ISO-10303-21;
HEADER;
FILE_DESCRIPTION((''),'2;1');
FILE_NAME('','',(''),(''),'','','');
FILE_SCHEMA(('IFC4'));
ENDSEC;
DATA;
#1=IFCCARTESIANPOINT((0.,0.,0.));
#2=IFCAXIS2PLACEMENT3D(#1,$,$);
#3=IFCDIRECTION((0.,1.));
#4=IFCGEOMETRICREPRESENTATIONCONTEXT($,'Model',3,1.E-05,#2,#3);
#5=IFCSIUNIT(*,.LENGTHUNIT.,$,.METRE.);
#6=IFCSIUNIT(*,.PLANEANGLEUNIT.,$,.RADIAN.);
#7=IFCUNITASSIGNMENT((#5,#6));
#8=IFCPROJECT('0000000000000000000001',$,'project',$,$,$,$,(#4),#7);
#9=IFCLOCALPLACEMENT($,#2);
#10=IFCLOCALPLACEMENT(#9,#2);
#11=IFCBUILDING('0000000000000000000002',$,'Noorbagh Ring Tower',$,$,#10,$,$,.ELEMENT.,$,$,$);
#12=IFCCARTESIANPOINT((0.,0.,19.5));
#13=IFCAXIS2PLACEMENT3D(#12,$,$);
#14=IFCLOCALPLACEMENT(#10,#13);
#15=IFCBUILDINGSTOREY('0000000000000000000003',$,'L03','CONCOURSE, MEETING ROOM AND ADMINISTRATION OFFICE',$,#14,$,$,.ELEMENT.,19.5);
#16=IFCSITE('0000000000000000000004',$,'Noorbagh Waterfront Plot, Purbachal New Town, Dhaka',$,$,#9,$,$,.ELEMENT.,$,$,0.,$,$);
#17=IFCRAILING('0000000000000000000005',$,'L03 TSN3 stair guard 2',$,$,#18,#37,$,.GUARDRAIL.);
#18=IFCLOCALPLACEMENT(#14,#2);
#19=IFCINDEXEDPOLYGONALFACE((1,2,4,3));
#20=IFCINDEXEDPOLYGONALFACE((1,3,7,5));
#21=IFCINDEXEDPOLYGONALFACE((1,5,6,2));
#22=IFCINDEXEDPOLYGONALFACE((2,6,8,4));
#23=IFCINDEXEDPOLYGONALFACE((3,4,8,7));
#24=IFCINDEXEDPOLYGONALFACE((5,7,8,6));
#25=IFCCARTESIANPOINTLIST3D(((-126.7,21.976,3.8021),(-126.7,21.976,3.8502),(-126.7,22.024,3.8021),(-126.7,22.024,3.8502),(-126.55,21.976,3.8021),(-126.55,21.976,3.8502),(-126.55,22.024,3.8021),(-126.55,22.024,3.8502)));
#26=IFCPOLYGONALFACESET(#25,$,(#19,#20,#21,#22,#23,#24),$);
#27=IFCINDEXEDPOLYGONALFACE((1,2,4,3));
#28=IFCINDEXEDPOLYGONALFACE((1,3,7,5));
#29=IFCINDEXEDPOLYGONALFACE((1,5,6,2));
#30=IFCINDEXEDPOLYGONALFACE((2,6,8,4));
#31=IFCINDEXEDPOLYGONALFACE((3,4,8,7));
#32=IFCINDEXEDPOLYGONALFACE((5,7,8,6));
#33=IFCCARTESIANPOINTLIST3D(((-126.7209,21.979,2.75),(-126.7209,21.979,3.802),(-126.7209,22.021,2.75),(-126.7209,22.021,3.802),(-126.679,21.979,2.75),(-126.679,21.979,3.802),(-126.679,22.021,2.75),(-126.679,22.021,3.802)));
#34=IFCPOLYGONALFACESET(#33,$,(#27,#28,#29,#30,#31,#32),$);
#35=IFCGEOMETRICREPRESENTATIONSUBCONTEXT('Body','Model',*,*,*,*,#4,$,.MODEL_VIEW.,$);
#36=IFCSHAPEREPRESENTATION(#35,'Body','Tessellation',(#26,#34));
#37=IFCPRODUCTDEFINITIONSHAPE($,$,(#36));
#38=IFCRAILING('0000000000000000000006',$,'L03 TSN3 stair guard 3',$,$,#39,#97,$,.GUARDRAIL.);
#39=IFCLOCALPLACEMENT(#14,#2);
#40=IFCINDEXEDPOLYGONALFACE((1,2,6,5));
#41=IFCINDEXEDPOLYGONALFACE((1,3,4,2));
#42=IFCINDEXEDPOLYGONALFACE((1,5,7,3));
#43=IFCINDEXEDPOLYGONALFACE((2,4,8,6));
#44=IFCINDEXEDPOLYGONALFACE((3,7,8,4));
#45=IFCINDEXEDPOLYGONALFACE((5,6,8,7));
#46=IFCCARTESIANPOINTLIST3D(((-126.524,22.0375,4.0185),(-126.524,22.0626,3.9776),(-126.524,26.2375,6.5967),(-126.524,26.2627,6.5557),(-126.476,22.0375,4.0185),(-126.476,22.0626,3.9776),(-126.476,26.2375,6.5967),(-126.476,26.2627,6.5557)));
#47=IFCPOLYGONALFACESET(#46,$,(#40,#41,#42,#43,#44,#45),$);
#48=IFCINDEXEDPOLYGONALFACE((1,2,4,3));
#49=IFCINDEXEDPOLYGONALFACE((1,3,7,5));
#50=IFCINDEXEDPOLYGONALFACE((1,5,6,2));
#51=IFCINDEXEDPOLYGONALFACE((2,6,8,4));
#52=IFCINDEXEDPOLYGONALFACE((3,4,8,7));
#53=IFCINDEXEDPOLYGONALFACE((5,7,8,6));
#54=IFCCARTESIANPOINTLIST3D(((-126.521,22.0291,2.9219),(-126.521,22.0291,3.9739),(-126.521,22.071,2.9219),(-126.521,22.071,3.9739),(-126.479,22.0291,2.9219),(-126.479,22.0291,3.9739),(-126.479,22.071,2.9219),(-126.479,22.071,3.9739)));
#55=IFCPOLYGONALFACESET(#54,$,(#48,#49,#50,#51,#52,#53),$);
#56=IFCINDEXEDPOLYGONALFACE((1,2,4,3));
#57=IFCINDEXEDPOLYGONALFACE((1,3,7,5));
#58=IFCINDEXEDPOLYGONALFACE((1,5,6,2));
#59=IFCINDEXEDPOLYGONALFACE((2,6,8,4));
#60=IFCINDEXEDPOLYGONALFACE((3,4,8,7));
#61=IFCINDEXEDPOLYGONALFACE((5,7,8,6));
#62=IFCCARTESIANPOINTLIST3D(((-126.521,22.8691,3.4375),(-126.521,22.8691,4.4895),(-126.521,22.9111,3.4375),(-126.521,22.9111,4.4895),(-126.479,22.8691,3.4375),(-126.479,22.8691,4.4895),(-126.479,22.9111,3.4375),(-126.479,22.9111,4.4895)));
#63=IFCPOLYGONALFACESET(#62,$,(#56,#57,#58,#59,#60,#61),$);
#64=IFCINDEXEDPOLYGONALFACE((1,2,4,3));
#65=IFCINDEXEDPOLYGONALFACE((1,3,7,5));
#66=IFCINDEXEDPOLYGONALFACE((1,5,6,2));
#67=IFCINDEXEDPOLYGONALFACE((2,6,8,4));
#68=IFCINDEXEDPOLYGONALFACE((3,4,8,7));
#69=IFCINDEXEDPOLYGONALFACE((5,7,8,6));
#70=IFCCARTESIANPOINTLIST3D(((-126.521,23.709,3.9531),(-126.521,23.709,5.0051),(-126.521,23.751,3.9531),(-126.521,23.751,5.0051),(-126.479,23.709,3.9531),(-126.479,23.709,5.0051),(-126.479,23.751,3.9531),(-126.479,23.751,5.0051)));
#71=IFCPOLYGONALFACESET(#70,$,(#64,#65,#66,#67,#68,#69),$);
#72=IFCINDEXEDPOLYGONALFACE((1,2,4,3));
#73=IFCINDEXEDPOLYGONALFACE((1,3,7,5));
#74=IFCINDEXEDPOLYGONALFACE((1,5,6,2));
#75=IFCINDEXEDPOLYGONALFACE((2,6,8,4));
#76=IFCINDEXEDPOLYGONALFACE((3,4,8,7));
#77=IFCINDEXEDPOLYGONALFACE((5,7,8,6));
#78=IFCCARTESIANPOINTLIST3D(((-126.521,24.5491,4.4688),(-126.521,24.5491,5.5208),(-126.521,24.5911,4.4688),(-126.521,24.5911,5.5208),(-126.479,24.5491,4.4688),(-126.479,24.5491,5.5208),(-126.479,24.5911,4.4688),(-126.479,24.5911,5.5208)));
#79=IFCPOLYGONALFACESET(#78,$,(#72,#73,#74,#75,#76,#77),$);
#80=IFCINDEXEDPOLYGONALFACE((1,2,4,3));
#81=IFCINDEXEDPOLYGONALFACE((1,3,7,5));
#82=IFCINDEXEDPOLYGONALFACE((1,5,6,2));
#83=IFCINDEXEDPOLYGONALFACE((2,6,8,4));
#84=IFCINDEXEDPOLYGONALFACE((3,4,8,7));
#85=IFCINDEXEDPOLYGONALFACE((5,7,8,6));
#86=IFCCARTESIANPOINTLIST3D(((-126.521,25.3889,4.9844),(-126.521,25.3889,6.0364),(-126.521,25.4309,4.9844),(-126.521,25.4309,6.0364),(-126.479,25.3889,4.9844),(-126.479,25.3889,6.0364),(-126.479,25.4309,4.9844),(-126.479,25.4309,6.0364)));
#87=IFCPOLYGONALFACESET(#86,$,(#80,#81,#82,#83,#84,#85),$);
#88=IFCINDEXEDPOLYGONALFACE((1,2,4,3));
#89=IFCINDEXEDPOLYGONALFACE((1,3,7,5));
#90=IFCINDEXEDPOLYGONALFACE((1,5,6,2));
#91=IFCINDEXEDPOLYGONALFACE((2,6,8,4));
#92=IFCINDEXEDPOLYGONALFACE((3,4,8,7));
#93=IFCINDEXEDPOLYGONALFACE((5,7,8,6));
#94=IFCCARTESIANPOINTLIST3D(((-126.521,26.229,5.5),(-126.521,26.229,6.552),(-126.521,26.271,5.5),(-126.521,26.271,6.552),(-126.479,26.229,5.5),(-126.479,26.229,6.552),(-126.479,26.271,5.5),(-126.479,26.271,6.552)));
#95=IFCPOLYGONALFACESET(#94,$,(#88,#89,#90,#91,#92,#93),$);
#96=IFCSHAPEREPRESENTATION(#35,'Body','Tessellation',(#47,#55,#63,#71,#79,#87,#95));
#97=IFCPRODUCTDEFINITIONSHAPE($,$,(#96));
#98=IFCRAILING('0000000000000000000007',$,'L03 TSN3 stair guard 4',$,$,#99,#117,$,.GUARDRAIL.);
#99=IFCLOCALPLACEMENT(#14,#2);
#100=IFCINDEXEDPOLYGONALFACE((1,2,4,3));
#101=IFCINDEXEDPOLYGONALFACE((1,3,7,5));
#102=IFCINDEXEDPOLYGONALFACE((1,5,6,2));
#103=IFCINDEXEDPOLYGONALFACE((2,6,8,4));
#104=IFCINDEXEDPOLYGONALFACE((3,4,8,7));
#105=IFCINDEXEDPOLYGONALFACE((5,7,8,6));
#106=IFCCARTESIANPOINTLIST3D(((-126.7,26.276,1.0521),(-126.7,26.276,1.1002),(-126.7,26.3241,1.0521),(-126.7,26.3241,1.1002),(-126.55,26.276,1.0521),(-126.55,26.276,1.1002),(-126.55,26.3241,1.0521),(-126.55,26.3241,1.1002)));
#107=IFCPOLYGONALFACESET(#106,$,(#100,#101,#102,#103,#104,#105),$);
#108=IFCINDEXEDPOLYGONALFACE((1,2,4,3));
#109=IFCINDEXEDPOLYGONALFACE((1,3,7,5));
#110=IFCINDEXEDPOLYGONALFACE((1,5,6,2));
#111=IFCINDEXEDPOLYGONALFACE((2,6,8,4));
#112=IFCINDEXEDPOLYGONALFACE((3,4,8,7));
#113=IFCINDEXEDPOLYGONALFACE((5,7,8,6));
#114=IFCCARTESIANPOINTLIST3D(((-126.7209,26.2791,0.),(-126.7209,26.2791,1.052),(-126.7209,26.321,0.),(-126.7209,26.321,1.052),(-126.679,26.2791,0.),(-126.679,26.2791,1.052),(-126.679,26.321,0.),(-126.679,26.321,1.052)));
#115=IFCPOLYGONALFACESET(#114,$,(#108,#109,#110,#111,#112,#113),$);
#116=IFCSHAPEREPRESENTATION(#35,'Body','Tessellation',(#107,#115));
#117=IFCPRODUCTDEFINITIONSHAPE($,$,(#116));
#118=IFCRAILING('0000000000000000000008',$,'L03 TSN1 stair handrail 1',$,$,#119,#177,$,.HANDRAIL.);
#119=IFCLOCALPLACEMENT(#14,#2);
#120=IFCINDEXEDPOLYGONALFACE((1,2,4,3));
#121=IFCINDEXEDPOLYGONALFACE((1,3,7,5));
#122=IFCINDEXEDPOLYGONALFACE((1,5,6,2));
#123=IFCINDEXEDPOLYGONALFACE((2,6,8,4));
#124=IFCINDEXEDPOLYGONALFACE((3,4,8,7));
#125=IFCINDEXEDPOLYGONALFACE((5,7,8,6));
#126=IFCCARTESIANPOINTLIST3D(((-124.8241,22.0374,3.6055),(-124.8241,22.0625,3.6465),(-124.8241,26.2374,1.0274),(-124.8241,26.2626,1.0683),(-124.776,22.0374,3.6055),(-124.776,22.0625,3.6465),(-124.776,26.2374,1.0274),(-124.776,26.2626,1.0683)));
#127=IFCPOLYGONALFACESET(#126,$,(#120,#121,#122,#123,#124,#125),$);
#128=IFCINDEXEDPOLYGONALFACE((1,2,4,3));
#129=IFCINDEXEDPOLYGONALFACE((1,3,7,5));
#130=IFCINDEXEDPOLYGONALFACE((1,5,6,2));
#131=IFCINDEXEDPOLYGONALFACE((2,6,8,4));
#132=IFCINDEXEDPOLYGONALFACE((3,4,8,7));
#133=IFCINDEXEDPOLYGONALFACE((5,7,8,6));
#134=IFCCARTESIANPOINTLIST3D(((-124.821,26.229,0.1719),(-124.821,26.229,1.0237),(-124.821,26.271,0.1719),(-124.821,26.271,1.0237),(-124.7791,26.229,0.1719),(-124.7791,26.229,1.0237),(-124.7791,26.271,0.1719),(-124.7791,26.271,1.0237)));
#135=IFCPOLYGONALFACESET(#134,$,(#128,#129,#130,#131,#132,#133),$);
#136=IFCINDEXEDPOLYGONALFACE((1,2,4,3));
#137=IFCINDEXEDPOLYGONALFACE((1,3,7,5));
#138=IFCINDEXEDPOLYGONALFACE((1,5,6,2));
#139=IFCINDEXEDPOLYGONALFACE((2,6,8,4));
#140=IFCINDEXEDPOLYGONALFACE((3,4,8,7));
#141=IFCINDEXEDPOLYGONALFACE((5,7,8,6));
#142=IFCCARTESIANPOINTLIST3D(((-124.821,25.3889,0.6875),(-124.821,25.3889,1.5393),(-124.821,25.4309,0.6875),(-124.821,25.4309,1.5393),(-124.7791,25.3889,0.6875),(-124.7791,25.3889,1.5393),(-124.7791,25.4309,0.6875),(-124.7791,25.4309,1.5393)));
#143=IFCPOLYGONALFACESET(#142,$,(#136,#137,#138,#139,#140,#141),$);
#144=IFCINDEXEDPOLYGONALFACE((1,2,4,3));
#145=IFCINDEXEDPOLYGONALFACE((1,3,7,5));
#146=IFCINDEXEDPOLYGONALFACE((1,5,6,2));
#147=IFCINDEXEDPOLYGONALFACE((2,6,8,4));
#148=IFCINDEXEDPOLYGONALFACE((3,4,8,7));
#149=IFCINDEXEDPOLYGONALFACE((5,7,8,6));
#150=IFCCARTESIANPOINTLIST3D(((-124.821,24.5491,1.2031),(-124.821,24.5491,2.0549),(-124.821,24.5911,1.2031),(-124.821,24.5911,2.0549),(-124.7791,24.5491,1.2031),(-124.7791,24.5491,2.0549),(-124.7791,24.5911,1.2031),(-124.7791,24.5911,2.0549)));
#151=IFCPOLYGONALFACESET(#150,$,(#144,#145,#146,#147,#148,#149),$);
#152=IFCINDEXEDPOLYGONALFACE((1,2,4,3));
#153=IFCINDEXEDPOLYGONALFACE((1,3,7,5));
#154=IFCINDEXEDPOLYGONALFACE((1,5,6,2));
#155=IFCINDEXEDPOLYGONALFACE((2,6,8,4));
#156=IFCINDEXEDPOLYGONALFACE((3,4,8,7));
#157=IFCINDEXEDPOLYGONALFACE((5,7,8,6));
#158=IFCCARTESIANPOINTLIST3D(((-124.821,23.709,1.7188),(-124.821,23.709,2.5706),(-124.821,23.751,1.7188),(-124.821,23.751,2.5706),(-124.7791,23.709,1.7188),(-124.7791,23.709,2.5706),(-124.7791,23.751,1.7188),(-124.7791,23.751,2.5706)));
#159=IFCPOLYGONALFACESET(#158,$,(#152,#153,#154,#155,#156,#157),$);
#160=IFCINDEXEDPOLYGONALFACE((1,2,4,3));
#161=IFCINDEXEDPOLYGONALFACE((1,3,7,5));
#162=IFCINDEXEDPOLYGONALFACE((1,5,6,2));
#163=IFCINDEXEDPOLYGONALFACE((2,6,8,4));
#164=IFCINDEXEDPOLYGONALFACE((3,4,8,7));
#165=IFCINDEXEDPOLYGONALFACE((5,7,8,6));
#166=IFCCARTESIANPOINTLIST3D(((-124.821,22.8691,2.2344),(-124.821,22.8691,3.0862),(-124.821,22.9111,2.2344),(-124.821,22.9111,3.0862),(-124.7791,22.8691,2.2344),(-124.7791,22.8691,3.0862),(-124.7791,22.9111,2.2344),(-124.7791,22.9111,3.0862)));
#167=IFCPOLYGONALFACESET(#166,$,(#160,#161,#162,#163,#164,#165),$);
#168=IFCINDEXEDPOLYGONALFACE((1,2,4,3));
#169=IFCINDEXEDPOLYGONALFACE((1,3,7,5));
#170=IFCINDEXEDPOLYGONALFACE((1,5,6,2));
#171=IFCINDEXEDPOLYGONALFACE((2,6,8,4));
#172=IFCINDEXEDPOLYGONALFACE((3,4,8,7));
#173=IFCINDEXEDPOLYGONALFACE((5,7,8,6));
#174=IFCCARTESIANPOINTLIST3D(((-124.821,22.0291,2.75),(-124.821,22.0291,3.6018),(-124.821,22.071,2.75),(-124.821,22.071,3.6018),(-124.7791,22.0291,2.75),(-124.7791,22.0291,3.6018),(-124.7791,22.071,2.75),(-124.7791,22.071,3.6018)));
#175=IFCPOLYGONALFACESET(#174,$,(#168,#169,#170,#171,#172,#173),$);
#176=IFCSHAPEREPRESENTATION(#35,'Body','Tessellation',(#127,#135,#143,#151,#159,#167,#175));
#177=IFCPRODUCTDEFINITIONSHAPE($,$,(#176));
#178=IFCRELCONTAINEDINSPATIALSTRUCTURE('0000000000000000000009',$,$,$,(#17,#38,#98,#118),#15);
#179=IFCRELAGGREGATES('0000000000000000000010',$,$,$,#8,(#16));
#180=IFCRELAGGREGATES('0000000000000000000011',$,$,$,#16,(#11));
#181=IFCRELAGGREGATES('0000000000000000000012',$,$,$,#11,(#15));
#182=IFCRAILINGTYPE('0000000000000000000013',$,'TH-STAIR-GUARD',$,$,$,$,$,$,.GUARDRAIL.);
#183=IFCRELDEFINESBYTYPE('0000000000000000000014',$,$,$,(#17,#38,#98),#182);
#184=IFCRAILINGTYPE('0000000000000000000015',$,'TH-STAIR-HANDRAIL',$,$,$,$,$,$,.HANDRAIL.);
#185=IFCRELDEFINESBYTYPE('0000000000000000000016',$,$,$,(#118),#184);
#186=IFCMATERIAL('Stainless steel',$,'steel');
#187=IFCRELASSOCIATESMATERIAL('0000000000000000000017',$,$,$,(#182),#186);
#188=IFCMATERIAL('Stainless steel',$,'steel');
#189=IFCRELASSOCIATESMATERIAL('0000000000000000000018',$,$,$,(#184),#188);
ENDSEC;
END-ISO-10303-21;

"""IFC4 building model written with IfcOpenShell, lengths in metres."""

from ifc_helpers import new_model, si_unit, direction, frame, origin, origin_2d, place, context, subcontext, project, spatial, rectangle, extrude, material, type_object, element, save


model = new_model("IFC4")

# Units and contexts
model_context = context("Model", 3, precision=1e-05, world=origin(), true_north=direction((0.0, 1.0)))
body_context = subcontext(model_context, "Body", "Model", "MODEL_VIEW")
ifc_project = project(units=[si_unit("LENGTHUNIT", "METRE"), si_unit("PLANEANGLEUNIT", "RADIAN")], contexts=[model_context])

# Site, building, storey
site_placement = place(None, origin())
site = spatial("IfcSite", under=ifc_project, at=site_placement, Name="Noorbagh Waterfront Plot, Purbachal New Town, Dhaka", CompositionType="ELEMENT", RefElevation=0.0)
building_placement = place(site_placement, origin())
building = spatial("IfcBuilding", under=site, at=building_placement, Name="Noorbagh Ring Tower", CompositionType="ELEMENT")
storey_placement = place(building_placement, frame((0.0, 0.0, 19.5)))
storey = spatial("IfcBuildingStorey", under=building, at=storey_placement, Name="L03", Description="CONCOURSE, MEETING ROOM AND ADMINISTRATION OFFICE", CompositionType="ELEMENT", Elevation=19.5)

# Railings
ifc_material_1 = material(Name="Stainless steel", Category="steel")
railing_type_1 = type_object("IfcRailingType", Name="TH-STAIR-GUARD", PredefinedType="GUARDRAIL", material=ifc_material_1)
railing_1_placement = place(storey_placement, frame((-126.7, 22.0, 2.75)))
element("IfcRailing", 1, at=railing_1_placement, inside=storey, type_object=railing_type_1, Name="L03 TSN3 stair guard 2", PredefinedType="GUARDRAIL", context=body_context, shape_type="SweptSolid", body=[
    extrude(rectangle(XDim=0.0481, YDim=0.0481, at=origin_2d()), frame((0.0, 0.0, 1.0762), z_axis=(1.0, 0.0, 0.0), x_axis=(0.0, 1.0, 0.0)), (0.0, 0.0, 1.0), 0.1499),
    extrude(rectangle(XDim=0.042, YDim=0.042, at=origin_2d()), origin(), (0.0, 0.0, 1.0), 1.052),
])
railing_2_placement = place(storey_placement, frame((-126.5, 22.05, 2.9219)))
element("IfcRailing", 2, at=railing_2_placement, inside=storey, type_object=railing_type_1, Name="L03 TSN3 stair guard 3", PredefinedType="GUARDRAIL", context=body_context, shape_type="SweptSolid", body=[
    extrude(rectangle(XDim=0.0481, YDim=0.0481, at=origin_2d()), frame((0.0, 0.0, 1.0762), z_axis=(0.0, 0.852243, 0.523146), x_axis=(-1.0, 0.0, 0.0)), (0.0, 0.0, 1.0), 4.9282),
    extrude(rectangle(XDim=0.042, YDim=0.042, at=origin_2d()), origin(), (0.0, 0.0, 1.0), 1.052),
    extrude(rectangle(XDim=0.042, YDim=0.042, at=origin_2d()), frame((0.0, 0.8401, 0.5156)), (0.0, 0.0, 1.0), 1.052),
    extrude(rectangle(XDim=0.042, YDim=0.042, at=origin_2d()), frame((0.0, 1.6799, 1.0312)), (0.0, 0.0, 1.0), 1.052),
    extrude(rectangle(XDim=0.042, YDim=0.042, at=origin_2d()), frame((0.0, 2.52, 1.5469)), (0.0, 0.0, 1.0), 1.052),
    extrude(rectangle(XDim=0.042, YDim=0.042, at=origin_2d()), frame((0.0, 3.3599, 2.0625)), (0.0, 0.0, 1.0), 1.052),
    extrude(rectangle(XDim=0.042, YDim=0.042, at=origin_2d()), frame((0.0, 4.2, 2.5781)), (0.0, 0.0, 1.0), 1.052),
])
railing_3_placement = place(storey_placement, frame((-126.7, 26.3, 0.0)))
element("IfcRailing", 3, at=railing_3_placement, inside=storey, type_object=railing_type_1, Name="L03 TSN3 stair guard 4", PredefinedType="GUARDRAIL", context=body_context, shape_type="SweptSolid", body=[
    extrude(rectangle(XDim=0.0481, YDim=0.0481, at=origin_2d()), frame((0.0, 0.0, 1.0762), z_axis=(1.0, 0.0, 0.0), x_axis=(0.0, 1.0, 0.0)), (0.0, 0.0, 1.0), 0.1499),
    extrude(rectangle(XDim=0.042, YDim=0.042, at=origin_2d()), origin(), (0.0, 0.0, 1.0), 1.052),
])
ifc_material_2 = material(Name="Stainless steel", Category="steel")
railing_type_2 = type_object("IfcRailingType", Name="TH-STAIR-HANDRAIL", PredefinedType="HANDRAIL", material=ifc_material_2)
railing_4_placement = place(storey_placement, frame((-124.8, 26.25, 0.1719)))
element("IfcRailing", 4, at=railing_4_placement, inside=storey, type_object=railing_type_2, Name="L03 TSN1 stair handrail 1", PredefinedType="HANDRAIL", context=body_context, shape_type="SweptSolid", body=[
    extrude(rectangle(XDim=0.0481, YDim=0.0481, at=origin_2d()), frame((0.0, 0.0, 0.876), z_axis=(0.0, -0.852243, 0.523146), x_axis=(1.0, 0.0, 0.0)), (0.0, 0.0, 1.0), 4.9282),
    extrude(rectangle(XDim=0.042, YDim=0.042, at=origin_2d()), origin(), (0.0, 0.0, 1.0), 0.8518),
    extrude(rectangle(XDim=0.042, YDim=0.042, at=origin_2d()), frame((0.0, -0.8401, 0.5156)), (0.0, 0.0, 1.0), 0.8518),
    extrude(rectangle(XDim=0.042, YDim=0.042, at=origin_2d()), frame((0.0, -1.6799, 1.0312)), (0.0, 0.0, 1.0), 0.8518),
    extrude(rectangle(XDim=0.042, YDim=0.042, at=origin_2d()), frame((0.0, -2.52, 1.5469)), (0.0, 0.0, 1.0), 0.8518),
    extrude(rectangle(XDim=0.042, YDim=0.042, at=origin_2d()), frame((0.0, -3.3599, 2.0625)), (0.0, 0.0, 1.0), 0.8518),
    extrude(rectangle(XDim=0.042, YDim=0.042, at=origin_2d()), frame((0.0, -4.2, 2.5781)), (0.0, 0.0, 1.0), 0.8518),
])

save(model, "model.ifc")
